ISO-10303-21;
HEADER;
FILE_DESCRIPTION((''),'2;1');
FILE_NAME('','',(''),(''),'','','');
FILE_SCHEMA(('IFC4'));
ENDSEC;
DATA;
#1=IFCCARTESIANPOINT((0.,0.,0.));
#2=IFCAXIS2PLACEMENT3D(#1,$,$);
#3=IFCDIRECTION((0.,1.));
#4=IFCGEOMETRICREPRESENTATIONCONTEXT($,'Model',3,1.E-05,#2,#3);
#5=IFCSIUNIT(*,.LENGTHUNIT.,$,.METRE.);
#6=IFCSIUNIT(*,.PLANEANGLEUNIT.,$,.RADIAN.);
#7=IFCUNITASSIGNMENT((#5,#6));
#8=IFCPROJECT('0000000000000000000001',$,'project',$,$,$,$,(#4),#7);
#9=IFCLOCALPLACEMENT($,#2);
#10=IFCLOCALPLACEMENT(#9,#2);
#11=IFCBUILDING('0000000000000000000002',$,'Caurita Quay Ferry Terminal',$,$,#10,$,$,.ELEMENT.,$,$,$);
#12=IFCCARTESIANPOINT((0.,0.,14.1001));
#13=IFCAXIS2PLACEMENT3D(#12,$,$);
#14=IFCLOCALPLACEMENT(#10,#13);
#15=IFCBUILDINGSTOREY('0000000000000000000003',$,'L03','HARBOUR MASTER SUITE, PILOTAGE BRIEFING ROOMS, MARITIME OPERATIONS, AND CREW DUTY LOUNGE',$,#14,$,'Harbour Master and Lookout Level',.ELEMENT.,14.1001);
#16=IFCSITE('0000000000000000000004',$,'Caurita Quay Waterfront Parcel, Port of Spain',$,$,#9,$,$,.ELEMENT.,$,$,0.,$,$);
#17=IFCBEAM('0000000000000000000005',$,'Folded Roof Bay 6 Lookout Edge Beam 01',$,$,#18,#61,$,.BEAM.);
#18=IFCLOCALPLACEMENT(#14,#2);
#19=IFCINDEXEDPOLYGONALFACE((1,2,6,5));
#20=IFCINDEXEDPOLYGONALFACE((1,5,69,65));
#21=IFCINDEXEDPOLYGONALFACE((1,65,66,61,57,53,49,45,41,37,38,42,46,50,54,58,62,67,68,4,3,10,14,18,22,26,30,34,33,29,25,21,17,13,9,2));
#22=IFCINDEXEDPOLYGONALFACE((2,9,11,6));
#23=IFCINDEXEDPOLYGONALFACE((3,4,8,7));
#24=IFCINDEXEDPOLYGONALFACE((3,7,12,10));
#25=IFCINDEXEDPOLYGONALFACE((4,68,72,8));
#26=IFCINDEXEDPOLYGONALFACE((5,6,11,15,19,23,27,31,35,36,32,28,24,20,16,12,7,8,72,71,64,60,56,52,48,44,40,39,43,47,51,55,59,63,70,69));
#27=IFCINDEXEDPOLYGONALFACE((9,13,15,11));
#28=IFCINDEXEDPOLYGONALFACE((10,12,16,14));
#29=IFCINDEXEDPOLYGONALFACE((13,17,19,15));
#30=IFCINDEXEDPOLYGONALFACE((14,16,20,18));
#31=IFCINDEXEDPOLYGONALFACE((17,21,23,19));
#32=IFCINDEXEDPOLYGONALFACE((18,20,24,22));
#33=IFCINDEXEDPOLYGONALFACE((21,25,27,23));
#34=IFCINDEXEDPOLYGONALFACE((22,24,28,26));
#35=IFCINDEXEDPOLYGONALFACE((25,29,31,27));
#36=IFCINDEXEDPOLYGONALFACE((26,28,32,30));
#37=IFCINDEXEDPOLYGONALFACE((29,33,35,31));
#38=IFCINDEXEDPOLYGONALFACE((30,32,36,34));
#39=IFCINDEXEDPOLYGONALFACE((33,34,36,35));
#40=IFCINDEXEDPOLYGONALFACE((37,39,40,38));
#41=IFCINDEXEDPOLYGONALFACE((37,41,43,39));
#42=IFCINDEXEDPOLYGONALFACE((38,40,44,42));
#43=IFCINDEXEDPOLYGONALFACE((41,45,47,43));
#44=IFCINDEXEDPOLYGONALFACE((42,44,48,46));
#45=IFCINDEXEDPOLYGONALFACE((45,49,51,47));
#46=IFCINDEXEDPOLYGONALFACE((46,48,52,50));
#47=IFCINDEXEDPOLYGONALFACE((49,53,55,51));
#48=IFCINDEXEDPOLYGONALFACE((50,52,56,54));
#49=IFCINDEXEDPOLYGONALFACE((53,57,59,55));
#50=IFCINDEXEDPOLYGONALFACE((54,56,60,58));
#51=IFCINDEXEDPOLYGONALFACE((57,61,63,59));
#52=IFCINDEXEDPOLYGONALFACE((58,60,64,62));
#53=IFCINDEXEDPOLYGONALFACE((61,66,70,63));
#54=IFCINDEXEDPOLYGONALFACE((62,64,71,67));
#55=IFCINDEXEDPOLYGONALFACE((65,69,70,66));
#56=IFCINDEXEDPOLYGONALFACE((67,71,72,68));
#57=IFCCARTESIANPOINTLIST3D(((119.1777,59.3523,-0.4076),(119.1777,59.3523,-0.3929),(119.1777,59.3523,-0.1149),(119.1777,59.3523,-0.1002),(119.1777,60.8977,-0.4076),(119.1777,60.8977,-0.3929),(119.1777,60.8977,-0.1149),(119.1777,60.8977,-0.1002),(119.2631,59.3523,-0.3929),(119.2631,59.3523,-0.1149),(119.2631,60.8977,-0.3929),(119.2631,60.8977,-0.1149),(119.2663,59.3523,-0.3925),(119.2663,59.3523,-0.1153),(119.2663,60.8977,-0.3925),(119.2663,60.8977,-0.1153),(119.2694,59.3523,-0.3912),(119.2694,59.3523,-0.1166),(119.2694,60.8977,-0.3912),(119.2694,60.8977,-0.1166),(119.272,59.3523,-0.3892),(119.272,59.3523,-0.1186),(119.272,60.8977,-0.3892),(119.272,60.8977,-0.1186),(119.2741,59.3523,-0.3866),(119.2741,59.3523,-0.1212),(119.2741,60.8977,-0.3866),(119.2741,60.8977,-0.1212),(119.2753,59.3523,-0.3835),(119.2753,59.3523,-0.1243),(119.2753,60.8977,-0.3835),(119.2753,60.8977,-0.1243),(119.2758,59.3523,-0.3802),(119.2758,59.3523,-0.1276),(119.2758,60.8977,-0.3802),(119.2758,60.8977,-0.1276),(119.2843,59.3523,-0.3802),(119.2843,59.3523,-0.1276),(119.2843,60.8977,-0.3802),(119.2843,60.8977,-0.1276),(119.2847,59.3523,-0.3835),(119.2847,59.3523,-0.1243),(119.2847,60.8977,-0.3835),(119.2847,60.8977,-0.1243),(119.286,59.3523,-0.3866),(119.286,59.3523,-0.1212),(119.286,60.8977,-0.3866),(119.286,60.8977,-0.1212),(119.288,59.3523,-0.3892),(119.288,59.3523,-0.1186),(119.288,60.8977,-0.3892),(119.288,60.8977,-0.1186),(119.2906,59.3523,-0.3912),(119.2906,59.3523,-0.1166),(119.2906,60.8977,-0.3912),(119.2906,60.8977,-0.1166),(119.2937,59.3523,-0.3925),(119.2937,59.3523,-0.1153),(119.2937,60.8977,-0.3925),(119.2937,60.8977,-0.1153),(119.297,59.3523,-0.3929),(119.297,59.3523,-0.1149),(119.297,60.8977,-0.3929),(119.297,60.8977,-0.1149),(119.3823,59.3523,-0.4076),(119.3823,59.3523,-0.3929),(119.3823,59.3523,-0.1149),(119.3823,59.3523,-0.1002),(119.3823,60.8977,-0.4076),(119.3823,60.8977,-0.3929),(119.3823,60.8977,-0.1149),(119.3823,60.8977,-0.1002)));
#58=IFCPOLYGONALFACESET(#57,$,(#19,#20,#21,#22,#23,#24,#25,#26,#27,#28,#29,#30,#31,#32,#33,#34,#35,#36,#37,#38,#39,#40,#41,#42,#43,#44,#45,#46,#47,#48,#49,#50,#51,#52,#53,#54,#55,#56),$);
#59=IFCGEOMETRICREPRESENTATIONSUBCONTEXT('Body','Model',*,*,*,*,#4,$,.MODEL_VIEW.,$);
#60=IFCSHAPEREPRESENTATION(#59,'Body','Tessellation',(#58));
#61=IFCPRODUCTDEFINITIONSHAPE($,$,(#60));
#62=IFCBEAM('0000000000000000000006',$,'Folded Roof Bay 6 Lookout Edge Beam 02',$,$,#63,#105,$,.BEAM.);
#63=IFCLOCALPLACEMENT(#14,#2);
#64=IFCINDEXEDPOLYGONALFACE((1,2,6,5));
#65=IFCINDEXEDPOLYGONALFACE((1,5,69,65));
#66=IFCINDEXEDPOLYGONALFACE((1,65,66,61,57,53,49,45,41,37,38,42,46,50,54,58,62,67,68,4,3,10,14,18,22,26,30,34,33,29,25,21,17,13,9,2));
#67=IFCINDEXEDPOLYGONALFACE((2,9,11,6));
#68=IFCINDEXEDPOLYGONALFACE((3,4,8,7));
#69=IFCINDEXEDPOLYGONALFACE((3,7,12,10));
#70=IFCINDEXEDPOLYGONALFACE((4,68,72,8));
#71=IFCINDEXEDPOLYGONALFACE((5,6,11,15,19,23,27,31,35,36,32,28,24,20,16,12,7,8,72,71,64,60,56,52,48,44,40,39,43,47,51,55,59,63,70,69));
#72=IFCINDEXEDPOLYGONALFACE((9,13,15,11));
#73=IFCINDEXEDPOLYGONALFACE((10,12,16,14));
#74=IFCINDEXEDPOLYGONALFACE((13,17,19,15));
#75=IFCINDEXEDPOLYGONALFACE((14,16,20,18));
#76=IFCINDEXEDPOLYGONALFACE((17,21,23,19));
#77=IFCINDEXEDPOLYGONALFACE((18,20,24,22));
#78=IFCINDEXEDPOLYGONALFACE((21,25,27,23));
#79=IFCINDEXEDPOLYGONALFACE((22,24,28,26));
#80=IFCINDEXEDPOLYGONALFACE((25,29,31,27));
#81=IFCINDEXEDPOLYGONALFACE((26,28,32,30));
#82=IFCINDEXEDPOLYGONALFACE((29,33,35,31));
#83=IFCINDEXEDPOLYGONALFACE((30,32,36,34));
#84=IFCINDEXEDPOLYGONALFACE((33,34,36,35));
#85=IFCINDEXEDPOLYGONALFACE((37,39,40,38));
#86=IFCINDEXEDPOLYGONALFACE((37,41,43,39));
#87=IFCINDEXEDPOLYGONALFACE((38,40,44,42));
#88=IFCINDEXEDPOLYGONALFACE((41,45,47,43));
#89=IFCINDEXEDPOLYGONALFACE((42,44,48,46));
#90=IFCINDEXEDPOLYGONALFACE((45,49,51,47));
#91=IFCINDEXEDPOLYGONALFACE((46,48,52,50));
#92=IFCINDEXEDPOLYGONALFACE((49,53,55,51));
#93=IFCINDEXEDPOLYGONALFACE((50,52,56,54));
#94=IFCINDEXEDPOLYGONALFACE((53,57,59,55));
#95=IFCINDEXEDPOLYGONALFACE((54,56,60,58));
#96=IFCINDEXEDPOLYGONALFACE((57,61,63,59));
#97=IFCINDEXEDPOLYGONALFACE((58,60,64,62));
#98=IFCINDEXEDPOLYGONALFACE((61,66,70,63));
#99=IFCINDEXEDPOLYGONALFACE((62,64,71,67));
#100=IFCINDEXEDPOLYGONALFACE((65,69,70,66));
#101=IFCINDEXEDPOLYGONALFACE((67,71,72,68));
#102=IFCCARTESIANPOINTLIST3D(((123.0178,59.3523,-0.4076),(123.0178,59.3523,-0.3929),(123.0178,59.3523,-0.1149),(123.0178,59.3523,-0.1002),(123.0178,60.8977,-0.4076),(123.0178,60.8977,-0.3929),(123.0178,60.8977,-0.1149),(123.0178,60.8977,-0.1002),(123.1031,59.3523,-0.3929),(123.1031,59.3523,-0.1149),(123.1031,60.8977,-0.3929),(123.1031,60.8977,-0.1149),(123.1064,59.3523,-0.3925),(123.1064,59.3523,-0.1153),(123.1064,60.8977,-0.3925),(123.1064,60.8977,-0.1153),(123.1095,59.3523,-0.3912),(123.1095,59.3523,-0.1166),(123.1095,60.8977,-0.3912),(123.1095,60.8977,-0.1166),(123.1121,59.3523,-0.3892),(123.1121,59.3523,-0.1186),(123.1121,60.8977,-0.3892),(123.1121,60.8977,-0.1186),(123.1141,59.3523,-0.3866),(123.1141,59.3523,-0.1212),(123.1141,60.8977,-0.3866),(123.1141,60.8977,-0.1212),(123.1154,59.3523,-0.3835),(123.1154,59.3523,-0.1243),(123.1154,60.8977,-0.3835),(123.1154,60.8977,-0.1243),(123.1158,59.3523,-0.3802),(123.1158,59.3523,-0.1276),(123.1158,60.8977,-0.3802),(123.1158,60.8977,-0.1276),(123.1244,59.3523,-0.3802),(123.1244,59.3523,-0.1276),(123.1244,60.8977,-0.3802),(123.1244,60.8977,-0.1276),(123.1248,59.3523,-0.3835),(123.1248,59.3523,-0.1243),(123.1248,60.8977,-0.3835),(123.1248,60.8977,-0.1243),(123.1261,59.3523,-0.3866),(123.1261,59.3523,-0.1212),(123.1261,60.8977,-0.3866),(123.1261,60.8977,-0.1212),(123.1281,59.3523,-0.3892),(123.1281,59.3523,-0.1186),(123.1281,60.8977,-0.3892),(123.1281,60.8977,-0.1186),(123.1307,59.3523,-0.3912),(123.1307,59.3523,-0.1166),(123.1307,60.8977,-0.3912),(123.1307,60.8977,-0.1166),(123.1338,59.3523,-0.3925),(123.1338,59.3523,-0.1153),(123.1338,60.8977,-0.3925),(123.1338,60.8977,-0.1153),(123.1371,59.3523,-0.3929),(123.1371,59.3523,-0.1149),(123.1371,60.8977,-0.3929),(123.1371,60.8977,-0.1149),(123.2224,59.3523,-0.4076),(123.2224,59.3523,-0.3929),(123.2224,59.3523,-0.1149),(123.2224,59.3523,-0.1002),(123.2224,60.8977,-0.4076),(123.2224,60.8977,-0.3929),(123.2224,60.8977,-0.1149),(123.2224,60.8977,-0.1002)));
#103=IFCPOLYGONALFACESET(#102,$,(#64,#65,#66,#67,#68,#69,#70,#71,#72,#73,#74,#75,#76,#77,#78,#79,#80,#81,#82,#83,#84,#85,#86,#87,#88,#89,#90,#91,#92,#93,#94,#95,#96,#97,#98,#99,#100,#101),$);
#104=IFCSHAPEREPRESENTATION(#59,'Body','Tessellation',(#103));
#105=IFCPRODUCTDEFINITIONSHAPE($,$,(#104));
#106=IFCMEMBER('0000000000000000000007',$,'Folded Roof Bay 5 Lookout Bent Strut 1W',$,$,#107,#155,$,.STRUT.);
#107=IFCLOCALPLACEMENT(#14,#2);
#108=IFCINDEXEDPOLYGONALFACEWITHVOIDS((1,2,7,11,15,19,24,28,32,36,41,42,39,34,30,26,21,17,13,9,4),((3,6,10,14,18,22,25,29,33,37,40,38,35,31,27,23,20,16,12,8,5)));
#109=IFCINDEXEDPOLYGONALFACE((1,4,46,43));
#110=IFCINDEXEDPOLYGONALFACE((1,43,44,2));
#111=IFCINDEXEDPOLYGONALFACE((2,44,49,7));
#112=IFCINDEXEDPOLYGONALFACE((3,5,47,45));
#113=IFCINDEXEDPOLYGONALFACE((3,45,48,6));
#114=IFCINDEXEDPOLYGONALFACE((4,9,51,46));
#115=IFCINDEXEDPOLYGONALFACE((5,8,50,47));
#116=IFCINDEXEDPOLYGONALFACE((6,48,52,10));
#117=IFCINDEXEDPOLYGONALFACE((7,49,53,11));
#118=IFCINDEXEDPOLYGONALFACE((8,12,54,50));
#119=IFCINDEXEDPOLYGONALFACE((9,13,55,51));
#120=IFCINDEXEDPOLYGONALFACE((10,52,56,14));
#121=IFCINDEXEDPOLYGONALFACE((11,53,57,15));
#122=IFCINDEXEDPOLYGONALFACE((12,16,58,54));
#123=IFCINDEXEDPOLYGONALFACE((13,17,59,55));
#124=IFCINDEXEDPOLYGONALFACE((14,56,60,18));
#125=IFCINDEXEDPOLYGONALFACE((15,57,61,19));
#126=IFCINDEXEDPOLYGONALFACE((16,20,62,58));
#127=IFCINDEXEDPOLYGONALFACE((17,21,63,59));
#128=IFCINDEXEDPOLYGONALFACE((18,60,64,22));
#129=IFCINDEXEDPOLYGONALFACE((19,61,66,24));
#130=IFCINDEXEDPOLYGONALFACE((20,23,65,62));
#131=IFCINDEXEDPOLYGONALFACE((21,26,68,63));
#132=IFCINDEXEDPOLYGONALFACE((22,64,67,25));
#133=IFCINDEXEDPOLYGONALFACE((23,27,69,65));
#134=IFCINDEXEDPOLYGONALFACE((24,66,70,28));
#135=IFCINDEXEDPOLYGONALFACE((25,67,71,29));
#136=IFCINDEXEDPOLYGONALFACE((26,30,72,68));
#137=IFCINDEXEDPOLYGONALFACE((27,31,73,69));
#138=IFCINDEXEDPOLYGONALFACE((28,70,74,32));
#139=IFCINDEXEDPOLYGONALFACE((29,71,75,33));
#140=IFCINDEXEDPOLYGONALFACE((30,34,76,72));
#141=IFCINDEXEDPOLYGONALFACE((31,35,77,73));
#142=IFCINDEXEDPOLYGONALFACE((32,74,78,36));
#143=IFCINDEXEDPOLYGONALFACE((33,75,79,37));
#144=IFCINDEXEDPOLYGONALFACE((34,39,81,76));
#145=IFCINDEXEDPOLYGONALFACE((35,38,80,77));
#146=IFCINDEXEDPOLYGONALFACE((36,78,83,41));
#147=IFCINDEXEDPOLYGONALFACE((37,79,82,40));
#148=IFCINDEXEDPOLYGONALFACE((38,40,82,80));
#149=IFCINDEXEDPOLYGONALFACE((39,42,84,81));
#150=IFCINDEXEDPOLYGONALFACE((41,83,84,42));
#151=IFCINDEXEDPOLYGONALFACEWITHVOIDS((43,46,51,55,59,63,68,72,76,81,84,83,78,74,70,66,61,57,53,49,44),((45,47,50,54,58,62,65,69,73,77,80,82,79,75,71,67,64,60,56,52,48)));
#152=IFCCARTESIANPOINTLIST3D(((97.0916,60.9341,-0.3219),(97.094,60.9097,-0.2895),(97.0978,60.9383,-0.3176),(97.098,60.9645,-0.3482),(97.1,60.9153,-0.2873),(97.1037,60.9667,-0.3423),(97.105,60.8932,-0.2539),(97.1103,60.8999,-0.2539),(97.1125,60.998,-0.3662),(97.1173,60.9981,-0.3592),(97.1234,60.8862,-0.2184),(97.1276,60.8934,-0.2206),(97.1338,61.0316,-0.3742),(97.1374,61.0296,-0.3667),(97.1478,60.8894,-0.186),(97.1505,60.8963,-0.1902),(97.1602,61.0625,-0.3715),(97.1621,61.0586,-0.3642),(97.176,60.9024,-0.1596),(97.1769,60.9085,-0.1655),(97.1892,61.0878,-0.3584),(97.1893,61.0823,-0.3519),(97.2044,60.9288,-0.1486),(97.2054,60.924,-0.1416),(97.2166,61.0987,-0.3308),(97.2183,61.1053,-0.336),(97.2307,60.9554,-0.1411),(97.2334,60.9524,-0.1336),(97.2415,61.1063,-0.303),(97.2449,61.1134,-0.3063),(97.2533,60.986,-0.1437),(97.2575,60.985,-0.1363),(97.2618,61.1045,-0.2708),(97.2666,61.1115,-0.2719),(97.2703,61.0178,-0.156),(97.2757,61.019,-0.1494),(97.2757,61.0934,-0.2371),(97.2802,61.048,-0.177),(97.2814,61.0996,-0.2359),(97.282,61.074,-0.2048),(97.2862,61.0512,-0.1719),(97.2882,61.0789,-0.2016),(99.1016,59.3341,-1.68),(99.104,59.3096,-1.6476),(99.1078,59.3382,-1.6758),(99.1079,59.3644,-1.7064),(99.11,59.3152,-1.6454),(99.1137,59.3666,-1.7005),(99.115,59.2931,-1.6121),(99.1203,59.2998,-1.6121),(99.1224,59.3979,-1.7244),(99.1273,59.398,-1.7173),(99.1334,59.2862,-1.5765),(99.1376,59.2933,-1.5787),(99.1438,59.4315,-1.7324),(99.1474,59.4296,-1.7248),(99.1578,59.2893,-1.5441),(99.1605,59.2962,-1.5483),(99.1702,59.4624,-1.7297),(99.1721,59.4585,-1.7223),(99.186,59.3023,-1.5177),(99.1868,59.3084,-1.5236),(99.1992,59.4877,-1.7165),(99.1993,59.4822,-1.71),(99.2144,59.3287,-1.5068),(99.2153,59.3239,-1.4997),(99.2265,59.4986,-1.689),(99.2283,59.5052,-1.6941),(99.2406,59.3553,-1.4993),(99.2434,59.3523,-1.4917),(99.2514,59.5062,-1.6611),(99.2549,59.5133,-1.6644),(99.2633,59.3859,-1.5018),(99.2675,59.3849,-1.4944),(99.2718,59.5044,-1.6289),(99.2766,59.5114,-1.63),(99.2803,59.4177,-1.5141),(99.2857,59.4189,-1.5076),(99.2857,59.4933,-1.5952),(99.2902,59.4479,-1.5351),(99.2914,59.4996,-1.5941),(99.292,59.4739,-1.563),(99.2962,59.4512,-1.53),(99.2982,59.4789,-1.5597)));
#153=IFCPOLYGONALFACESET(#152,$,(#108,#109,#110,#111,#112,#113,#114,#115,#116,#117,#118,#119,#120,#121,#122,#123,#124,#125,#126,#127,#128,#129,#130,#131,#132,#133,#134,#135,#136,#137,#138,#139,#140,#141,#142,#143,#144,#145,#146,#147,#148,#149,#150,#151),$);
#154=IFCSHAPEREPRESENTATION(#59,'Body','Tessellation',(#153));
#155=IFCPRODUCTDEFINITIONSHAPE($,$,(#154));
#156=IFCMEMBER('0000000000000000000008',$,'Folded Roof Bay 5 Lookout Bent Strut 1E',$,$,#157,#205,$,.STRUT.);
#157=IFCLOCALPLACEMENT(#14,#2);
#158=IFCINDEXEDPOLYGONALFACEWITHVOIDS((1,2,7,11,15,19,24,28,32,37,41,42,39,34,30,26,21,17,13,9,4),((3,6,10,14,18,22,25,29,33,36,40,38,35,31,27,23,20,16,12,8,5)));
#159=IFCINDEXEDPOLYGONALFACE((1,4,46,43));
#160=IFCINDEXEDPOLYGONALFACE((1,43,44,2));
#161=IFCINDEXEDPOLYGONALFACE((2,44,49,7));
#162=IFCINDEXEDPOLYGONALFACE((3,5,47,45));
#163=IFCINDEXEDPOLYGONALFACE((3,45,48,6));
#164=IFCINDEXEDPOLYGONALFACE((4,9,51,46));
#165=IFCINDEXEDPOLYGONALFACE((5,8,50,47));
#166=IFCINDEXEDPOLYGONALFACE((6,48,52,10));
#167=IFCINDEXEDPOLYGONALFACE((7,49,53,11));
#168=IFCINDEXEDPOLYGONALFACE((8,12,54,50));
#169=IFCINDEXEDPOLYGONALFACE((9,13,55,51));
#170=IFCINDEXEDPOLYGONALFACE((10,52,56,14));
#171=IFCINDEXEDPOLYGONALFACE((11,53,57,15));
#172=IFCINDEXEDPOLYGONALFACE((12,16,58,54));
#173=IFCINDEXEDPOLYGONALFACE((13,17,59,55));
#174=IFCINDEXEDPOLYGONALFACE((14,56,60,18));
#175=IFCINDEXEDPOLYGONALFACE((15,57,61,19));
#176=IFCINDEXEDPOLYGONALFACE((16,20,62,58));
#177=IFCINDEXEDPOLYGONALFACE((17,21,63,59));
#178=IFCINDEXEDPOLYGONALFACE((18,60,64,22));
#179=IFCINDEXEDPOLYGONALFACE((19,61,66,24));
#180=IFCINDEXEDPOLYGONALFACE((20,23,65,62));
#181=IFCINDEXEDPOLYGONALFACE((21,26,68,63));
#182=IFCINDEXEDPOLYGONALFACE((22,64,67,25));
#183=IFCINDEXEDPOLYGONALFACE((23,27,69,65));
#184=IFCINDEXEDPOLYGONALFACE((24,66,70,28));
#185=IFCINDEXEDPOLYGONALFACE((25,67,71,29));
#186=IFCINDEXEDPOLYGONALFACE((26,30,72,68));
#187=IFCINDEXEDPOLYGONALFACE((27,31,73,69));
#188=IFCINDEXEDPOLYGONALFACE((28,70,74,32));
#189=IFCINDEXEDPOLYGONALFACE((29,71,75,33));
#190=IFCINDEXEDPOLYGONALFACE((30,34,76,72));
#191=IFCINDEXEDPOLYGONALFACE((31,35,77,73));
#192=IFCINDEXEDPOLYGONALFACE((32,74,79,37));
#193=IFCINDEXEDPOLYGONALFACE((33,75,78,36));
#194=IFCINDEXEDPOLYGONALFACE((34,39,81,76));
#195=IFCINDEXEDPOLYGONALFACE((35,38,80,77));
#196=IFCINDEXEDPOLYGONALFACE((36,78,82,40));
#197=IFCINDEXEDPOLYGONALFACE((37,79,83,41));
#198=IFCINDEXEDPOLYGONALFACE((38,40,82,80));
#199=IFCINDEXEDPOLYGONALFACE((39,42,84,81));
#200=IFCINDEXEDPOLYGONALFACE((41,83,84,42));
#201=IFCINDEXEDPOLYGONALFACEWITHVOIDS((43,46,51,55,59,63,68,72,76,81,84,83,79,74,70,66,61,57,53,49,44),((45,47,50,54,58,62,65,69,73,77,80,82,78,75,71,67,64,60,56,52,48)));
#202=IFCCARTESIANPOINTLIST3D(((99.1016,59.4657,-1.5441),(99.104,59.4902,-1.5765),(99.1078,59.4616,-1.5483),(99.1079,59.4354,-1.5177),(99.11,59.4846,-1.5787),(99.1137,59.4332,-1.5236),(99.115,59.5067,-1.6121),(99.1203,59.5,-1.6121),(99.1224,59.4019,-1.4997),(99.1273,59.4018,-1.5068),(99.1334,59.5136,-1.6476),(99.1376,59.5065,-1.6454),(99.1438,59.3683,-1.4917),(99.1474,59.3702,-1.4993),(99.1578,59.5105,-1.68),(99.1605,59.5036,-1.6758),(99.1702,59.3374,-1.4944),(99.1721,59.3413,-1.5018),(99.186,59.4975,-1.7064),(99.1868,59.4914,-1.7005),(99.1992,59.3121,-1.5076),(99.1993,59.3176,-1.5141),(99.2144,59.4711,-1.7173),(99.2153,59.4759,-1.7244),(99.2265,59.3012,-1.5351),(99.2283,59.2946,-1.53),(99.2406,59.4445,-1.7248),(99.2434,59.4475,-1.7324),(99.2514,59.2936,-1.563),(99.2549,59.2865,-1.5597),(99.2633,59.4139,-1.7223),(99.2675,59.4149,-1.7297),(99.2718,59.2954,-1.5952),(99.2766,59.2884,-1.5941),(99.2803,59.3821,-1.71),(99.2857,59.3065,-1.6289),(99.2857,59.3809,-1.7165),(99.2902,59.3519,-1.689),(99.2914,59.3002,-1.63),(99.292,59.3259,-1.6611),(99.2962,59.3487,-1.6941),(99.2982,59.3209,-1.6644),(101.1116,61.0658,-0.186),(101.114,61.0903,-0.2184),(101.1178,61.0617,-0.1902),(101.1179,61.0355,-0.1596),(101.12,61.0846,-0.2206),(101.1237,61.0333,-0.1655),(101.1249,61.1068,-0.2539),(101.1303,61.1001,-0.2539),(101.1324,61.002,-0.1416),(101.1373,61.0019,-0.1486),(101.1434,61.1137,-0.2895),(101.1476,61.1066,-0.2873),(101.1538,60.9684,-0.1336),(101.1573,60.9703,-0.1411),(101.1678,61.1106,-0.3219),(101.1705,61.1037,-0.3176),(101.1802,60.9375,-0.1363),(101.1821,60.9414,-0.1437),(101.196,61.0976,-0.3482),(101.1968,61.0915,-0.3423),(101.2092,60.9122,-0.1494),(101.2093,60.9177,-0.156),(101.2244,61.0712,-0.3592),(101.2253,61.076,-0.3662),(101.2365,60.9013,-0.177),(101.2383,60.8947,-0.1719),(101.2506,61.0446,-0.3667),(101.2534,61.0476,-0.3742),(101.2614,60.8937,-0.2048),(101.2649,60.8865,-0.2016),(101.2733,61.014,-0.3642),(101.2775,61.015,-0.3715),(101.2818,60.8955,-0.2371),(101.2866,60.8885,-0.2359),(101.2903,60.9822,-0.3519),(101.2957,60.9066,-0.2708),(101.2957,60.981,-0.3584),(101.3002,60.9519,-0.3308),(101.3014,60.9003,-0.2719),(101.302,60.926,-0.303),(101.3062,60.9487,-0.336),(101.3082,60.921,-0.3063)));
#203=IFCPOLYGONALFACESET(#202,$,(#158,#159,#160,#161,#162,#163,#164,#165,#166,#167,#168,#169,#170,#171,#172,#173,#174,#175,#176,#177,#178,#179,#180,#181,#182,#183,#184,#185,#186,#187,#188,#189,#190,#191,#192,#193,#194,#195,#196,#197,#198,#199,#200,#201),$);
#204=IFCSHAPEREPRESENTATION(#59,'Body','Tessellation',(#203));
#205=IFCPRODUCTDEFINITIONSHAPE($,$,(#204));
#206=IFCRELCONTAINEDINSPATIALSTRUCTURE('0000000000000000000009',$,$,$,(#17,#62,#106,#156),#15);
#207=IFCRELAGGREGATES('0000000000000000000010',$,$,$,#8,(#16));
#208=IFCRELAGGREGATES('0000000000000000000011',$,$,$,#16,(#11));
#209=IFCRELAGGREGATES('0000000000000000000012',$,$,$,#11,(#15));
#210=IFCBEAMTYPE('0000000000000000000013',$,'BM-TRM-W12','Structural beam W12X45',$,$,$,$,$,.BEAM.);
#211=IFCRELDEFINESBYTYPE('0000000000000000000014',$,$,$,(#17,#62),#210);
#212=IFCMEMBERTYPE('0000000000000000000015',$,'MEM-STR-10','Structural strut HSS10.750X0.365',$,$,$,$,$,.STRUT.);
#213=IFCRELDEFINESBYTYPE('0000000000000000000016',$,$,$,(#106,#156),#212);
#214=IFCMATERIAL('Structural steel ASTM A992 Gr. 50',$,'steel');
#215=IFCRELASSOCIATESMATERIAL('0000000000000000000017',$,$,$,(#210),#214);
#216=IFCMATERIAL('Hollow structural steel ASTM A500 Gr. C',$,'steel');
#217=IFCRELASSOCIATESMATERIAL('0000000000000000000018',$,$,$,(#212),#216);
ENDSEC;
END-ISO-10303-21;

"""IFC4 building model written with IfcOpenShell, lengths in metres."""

from ifc_helpers import new_model, si_unit, direction, frame, origin, origin_2d, place, context, subcontext, project, spatial, hollow_circle, i_section, extrude, material, material_profile, profile_set, type_object, element, save


model = new_model("IFC4")

# Units and contexts
model_context = context("Model", 3, precision=1e-05, world=origin(), true_north=direction((0.0, 1.0)))
body_context = subcontext(model_context, "Body", "Model", "MODEL_VIEW")
ifc_project = project(units=[si_unit("LENGTHUNIT", "METRE"), si_unit("PLANEANGLEUNIT", "RADIAN")], contexts=[model_context])

# Site, building, storey
site_placement = place(None, origin())
site = spatial("IfcSite", under=ifc_project, at=site_placement, Name="Caurita Quay Waterfront Parcel, Port of Spain", CompositionType="ELEMENT", RefElevation=0.0)
building_placement = place(site_placement, origin())
building = spatial("IfcBuilding", under=site, at=building_placement, Name="Caurita Quay Ferry Terminal", CompositionType="ELEMENT")
storey_placement = place(building_placement, frame((0.0, 0.0, 14.1001)))
storey = spatial("IfcBuildingStorey", under=building, at=storey_placement, Name="L03", Description="HARBOUR MASTER SUITE, PILOTAGE BRIEFING ROOMS, MARITIME OPERATIONS, AND CREW DUTY LOUNGE", LongName="Harbour Master and Lookout Level", CompositionType="ELEMENT", Elevation=14.1001)

# Beams
ifc_material_1 = material(Name="Structural steel ASTM A992 Gr. 50", Category="steel")
ifc_material_profile_1 = material_profile(ifc_material_1, i_section(OverallWidth=0.2046, OverallDepth=0.3074, WebThickness=0.0085, FlangeThickness=0.0146, FilletRadius=0.0127, at=origin_2d()), Name="W12X45")
ifc_profile_set_1 = profile_set([ifc_material_profile_1], Name="Structural steel ASTM A992 Gr. 50")
beam_type_1 = type_object("IfcBeamType", Name="BM-TRM-W12", Description="Structural beam W12X45", PredefinedType="BEAM", material=ifc_profile_set_1)
for number, where, z_axis, x_axis, name in (
    (1, (119.28, 60.8977, -0.2539), (0.0, -1.0, 0.0), (1.0, 0.0, 0.0), "Folded Roof Bay 6 Lookout Edge Beam 01"),
    (2, (123.1201, 60.8977, -0.2539), (0.0, -1.0, 0.0), (1.0, 0.0, 0.0), "Folded Roof Bay 6 Lookout Edge Beam 02"),
):
    element("IfcBeam", number, at=place(storey_placement, frame(where, z_axis=z_axis, x_axis=x_axis)), inside=storey, type_object=beam_type_1, Name=name, PredefinedType="BEAM", context=body_context, shape_type="SweptSolid", body=[
        extrude(i_section(OverallWidth=0.2046, OverallDepth=0.3074, WebThickness=0.0085, FlangeThickness=0.0146, FilletRadius=0.0127, at=origin_2d()), origin(), (0.0, 0.0, 1.0), 1.5454),
    ])

# Members
ifc_material_2 = material(Name="Hollow structural steel ASTM A500 Gr. C", Category="steel")
ifc_material_profile_2 = material_profile(ifc_material_2, hollow_circle(Radius=0.1365, WallThickness=0.0085, at=origin_2d()), Name="HSS10.750X0.365")
ifc_profile_set_2 = profile_set([ifc_material_profile_2], Name="Hollow structural steel ASTM A500 Gr. C")
member_type = type_object("IfcMemberType", Name="MEM-STR-10", Description="Structural strut HSS10.750X0.365", PredefinedType="STRUT", material=ifc_profile_set_2)
for number, where, z_axis, x_axis, name in (
    (3, (99.2, 59.3999, -1.6121), (-0.691668, 0.550612, 0.467357), (-0.622816, -0.782368, 0.0), "Folded Roof Bay 5 Lookout Bent Strut 1W"),
    (4, (99.2, 59.3999, -1.6121), (0.691668, 0.550612, 0.467357), (-0.622816, 0.782368, 0.0), "Folded Roof Bay 5 Lookout Bent Strut 1E"),
):
    element("IfcMember", number, at=place(storey_placement, frame(where, z_axis=z_axis, x_axis=x_axis)), inside=storey, type_object=member_type, Name=name, PredefinedType="STRUT", context=body_context, shape_type="SweptSolid", body=[
        extrude(hollow_circle(Radius=0.1365, WallThickness=0.0085, at=origin_2d()), origin(), (0.0, 0.0, 1.0), 2.906),
    ])

save(model, "model.ifc")
